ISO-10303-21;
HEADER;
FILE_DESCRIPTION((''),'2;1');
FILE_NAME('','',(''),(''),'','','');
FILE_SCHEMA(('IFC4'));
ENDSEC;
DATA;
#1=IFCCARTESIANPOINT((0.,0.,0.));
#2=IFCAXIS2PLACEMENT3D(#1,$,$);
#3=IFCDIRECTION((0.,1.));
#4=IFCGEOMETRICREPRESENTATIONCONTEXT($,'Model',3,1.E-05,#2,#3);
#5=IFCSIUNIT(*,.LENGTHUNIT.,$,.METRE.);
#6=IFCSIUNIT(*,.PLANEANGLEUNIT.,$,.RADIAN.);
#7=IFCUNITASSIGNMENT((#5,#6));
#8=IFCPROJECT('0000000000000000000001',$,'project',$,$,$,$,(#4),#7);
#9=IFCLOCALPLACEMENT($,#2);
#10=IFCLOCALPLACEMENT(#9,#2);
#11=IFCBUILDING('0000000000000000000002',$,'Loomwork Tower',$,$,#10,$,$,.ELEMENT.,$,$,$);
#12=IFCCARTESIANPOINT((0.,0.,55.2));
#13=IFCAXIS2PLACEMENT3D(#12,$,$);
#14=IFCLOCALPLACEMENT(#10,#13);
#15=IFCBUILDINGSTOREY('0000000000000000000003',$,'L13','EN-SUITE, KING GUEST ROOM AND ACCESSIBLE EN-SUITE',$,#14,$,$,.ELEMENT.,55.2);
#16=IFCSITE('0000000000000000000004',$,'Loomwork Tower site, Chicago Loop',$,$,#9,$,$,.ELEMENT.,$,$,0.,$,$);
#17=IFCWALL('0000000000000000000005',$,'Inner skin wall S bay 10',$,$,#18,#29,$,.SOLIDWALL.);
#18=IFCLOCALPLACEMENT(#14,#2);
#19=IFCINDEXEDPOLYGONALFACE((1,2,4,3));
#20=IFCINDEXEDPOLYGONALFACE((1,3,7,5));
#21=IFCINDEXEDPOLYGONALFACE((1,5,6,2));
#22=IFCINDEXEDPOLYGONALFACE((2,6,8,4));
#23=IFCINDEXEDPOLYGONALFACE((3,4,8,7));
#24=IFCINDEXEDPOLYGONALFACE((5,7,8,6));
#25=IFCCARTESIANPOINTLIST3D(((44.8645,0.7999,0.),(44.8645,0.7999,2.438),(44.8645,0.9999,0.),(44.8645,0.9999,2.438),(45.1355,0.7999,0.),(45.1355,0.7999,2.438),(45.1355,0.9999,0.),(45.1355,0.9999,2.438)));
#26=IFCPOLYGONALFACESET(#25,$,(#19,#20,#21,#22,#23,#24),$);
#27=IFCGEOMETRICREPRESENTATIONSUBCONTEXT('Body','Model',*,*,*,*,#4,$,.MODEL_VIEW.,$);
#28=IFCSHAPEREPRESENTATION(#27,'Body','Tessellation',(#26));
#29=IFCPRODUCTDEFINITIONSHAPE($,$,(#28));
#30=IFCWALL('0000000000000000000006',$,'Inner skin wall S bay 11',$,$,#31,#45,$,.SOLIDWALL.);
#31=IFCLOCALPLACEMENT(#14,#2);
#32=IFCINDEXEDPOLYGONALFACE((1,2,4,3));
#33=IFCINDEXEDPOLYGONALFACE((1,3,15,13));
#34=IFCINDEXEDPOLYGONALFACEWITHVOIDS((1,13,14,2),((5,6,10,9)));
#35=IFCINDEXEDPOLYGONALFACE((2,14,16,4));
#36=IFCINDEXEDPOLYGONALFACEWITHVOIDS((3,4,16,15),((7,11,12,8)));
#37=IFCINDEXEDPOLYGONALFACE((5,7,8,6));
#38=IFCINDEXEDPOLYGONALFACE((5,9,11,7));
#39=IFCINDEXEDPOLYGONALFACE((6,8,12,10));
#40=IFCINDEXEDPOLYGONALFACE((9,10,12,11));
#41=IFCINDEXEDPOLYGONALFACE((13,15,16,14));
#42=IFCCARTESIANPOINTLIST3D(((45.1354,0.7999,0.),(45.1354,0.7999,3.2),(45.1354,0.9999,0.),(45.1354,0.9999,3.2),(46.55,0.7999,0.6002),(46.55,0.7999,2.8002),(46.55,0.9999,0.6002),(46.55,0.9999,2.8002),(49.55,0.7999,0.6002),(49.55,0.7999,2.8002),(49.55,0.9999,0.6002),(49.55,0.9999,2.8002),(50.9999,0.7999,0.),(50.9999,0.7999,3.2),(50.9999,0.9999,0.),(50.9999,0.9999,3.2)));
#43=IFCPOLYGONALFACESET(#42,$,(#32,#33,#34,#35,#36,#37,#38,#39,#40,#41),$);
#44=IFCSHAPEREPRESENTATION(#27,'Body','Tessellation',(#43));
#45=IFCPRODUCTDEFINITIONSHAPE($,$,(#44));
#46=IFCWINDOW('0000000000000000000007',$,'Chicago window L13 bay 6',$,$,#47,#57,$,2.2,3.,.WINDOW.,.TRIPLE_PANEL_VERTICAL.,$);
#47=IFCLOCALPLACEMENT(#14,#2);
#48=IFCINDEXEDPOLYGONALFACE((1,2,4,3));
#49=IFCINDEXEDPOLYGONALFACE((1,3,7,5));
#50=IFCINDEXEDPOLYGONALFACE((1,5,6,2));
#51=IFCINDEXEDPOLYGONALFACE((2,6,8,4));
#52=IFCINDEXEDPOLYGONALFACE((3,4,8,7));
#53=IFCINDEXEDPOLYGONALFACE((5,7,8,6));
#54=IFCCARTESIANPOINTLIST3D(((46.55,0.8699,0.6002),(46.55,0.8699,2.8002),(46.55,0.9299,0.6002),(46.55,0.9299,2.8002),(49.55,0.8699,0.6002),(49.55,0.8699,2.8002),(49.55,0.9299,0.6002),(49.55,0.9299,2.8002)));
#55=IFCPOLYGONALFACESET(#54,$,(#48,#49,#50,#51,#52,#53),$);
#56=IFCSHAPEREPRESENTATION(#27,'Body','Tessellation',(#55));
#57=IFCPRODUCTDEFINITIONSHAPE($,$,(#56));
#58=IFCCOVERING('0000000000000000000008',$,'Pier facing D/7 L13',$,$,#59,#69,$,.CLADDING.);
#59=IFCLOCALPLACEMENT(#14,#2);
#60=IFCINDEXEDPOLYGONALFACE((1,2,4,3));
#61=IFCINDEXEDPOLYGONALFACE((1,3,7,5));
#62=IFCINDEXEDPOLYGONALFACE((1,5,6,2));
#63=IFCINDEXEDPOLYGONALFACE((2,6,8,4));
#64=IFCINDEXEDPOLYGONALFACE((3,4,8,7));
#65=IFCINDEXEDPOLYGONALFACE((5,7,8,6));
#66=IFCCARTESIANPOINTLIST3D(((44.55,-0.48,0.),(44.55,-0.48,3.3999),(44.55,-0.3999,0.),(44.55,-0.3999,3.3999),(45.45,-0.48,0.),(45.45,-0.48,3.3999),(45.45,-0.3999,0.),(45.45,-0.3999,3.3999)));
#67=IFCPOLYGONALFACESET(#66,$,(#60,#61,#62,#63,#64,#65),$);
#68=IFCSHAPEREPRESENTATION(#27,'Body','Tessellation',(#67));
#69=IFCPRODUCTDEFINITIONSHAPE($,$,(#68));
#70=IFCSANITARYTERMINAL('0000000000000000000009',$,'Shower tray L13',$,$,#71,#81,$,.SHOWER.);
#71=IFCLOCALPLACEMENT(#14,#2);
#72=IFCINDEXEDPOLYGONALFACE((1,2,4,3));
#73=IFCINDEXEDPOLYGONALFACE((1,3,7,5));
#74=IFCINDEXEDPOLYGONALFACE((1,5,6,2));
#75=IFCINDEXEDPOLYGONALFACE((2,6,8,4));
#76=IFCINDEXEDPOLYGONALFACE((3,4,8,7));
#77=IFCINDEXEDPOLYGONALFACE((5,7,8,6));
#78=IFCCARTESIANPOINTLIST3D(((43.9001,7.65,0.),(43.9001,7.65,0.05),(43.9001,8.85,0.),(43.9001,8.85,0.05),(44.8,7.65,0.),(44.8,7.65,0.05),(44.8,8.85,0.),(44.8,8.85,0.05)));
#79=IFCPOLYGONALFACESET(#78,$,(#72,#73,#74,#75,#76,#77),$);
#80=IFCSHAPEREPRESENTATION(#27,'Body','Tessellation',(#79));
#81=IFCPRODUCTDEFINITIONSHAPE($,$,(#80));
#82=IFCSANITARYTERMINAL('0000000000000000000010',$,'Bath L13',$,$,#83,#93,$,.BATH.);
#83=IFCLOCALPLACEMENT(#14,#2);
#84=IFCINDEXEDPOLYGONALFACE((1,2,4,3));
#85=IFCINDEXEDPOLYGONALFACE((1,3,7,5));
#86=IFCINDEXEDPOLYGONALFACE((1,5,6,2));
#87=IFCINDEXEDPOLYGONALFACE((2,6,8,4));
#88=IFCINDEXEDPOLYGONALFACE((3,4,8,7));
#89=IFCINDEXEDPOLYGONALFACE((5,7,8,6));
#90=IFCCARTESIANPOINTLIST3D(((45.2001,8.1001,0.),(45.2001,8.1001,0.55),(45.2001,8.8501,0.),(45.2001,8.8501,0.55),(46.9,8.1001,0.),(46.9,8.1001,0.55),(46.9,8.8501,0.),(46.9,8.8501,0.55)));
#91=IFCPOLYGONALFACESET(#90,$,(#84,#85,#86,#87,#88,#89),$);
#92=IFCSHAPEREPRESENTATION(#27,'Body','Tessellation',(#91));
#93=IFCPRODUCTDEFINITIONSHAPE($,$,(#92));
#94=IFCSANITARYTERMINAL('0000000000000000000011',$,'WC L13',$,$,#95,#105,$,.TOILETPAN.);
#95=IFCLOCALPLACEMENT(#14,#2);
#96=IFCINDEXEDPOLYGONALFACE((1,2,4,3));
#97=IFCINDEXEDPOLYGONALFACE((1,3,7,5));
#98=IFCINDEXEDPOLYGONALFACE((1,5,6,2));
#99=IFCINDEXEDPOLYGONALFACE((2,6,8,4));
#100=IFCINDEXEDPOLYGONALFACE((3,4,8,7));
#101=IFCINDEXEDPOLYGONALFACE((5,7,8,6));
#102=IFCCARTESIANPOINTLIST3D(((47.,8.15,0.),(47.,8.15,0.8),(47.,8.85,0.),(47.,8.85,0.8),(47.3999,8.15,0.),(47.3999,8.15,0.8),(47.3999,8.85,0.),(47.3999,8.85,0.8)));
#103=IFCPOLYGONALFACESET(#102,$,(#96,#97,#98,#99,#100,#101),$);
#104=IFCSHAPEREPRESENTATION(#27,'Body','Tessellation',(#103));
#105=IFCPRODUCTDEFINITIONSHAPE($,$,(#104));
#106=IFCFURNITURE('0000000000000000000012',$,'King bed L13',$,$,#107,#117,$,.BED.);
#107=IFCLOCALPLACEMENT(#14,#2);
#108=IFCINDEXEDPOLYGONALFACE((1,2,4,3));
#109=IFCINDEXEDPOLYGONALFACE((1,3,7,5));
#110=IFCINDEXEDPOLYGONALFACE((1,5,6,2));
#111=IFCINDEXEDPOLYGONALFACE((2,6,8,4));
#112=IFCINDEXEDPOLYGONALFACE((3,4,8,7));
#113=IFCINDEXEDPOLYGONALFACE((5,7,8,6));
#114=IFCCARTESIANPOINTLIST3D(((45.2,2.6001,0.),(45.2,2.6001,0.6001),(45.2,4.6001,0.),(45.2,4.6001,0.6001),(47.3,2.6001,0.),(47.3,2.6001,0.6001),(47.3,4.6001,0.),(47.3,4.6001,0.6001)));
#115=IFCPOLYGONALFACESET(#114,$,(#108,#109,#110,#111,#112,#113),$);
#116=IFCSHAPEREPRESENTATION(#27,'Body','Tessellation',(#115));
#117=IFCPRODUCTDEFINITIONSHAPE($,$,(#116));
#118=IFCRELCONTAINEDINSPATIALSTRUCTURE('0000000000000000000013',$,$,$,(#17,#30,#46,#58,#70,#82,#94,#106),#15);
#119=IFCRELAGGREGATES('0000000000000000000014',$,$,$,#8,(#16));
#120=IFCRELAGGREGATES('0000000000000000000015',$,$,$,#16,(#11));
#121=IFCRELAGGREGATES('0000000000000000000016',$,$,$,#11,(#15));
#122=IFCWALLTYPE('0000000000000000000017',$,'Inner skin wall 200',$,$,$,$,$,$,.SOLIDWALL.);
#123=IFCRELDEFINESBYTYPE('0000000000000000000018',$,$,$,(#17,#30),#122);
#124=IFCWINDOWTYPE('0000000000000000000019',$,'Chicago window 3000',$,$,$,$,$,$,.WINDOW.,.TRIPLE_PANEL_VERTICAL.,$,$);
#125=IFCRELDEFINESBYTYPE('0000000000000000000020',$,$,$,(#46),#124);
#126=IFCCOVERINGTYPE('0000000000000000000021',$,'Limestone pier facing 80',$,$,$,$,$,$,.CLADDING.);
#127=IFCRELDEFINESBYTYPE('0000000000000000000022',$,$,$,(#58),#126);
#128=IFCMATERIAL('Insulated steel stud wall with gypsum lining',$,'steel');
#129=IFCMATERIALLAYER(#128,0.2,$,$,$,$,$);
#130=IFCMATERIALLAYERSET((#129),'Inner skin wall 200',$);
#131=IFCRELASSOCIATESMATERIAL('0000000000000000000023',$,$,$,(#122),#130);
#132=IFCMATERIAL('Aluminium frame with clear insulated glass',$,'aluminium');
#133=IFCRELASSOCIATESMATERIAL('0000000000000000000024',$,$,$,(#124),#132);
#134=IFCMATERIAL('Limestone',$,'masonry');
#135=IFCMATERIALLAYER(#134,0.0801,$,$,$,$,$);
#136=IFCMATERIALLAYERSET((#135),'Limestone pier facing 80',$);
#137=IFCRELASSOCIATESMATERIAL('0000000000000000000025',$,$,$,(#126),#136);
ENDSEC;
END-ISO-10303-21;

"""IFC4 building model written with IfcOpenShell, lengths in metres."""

from ifc_helpers import new_model, si_unit, direction, frame, frame_2d, origin, origin_2d, place, context, subcontext, project, spatial, rectangle, extrude, material, layer, layer_set, type_object, element, fill, save


model = new_model("IFC4")

# Units and contexts
model_context = context("Model", 3, precision=1e-05, world=origin(), true_north=direction((0.0, 1.0)))
body_context = subcontext(model_context, "Body", "Model", "MODEL_VIEW")
ifc_project = project(units=[si_unit("LENGTHUNIT", "METRE"), si_unit("PLANEANGLEUNIT", "RADIAN")], contexts=[model_context])

# Site, building, storey
site_placement = place(None, origin())
site = spatial("IfcSite", under=ifc_project, at=site_placement, Name="Loomwork Tower site, Chicago Loop", CompositionType="ELEMENT", RefElevation=0.0)
building_placement = place(site_placement, origin())
building = spatial("IfcBuilding", under=site, at=building_placement, Name="Loomwork Tower", CompositionType="ELEMENT")
storey_placement = place(building_placement, frame((0.0, 0.0, 55.2)))
storey = spatial("IfcBuildingStorey", under=building, at=storey_placement, Name="L13", Description="EN-SUITE, KING GUEST ROOM AND ACCESSIBLE EN-SUITE", CompositionType="ELEMENT", Elevation=55.2)

# Wall
ifc_material_1 = material(Name="Insulated steel stud wall with gypsum lining", Category="steel")
ifc_layer_1 = layer(ifc_material_1, 0.2)
ifc_layer_set_1 = layer_set([ifc_layer_1], Name="Inner skin wall 200")
wall_type_1 = type_object("IfcWallType", Name="Inner skin wall 200", PredefinedType="SOLIDWALL", material=ifc_layer_set_1)
wall_1_placement = place(storey_placement, frame((44.8645, 0.8999, 0.0), z_axis=(0.0, 0.0, 1.0), x_axis=(1.0, 0.0, 0.0)))
element("IfcWall", 1, at=wall_1_placement, inside=storey, type_object=wall_type_1, Name="Inner skin wall S bay 10", PredefinedType="SOLIDWALL", context=body_context, shape_type="SweptSolid", body=[
    extrude(rectangle(XDim=0.271, YDim=0.2, at=frame_2d((0.1355, 0.0))), origin(), (0.0, 0.0, 1.0), 2.438),
])

# Wall, opening, window
wall_2_placement = place(storey_placement, frame((45.1355, 0.8999, 0.0), z_axis=(0.0, 0.0, 1.0), x_axis=(1.0, 0.0, 0.0)))
wall_2 = element("IfcWall", 2, at=wall_2_placement, inside=storey, type_object=wall_type_1, Name="Inner skin wall S bay 11", PredefinedType="SOLIDWALL", context=body_context, shape_type="SweptSolid", body=[
    extrude(rectangle(XDim=5.8645, YDim=0.2, at=frame_2d((2.9321, 0.0))), origin(), (0.0, 0.0, 1.0), 3.2),
])
opening_placement = place(wall_2_placement, frame((1.4146, 0.0, 0.6001)))
opening = element("IfcOpeningElement", 3, at=opening_placement, cuts=wall_2, PredefinedType="OPENING", context=body_context, shape_type="SweptSolid", body=[
    extrude(rectangle(XDim=3.0, YDim=2.2, at=frame_2d((1.5, 1.1001))), frame((0.0, 0.1099, 0.0), z_axis=(0.0, -1.0, 0.0), x_axis=(1.0, 0.0, 0.0)), (0.0, 0.0, 1.0), 0.22),
])
ifc_material_2 = material(Name="Aluminium frame with clear insulated glass", Category="aluminium")
window_type = type_object("IfcWindowType", Name="Chicago window 3000", PartitioningType="TRIPLE_PANEL_VERTICAL", PredefinedType="WINDOW", material=ifc_material_2)
window_placement = place(opening_placement, origin())
window = element("IfcWindow", 4, at=window_placement, inside=storey, type_object=window_type, Name="Chicago window L13 bay 6", OverallHeight=2.2, OverallWidth=3.0, PartitioningType="TRIPLE_PANEL_VERTICAL", PredefinedType="WINDOW", context=body_context, shape_type="SweptSolid", body=[
    extrude(rectangle(XDim=3.0, YDim=2.2, at=frame_2d((1.5, 1.1001))), frame((0.0, 0.03, 0.0), z_axis=(0.0, -1.0, 0.0), x_axis=(1.0, 0.0, 0.0)), (0.0, 0.0, 1.0), 0.0601),
])
fill(opening, window)

# Covering
ifc_material_3 = material(Name="Limestone", Category="masonry")
ifc_layer_2 = layer(ifc_material_3, 0.0801)
ifc_layer_set_2 = layer_set([ifc_layer_2], Name="Limestone pier facing 80")
covering_type = type_object("IfcCoveringType", Name="Limestone pier facing 80", PredefinedType="CLADDING", material=ifc_layer_set_2)
covering_placement = place(storey_placement, frame((45.0, -0.4399, 0.0), z_axis=(0.0, 0.0, 1.0), x_axis=(1.0, 0.0, 0.0)))
element("IfcCovering", 5, at=covering_placement, inside=storey, type_object=covering_type, Name="Pier facing D/7 L13", PredefinedType="CLADDING", context=body_context, shape_type="SweptSolid", body=[
    extrude(rectangle(XDim=0.8999, YDim=0.0801, at=origin_2d()), origin(), (0.0, 0.0, 1.0), 3.3999),
])

# Sanitary terminals
sanitary_terminal_1_placement = place(storey_placement, frame((44.3501, 8.25, 0.0), z_axis=(0.0, 0.0, 1.0), x_axis=(1.0, 0.0, 0.0)))
element("IfcSanitaryTerminal", 6, at=sanitary_terminal_1_placement, inside=storey, Name="Shower tray L13", PredefinedType="SHOWER", context=body_context, shape_type="SweptSolid", body=[
    extrude(rectangle(XDim=0.8999, YDim=1.2, at=origin_2d()), origin(), (0.0, 0.0, 1.0), 0.05),
])
sanitary_terminal_2_placement = place(storey_placement, frame((46.05, 8.4751, 0.0), z_axis=(0.0, 0.0, 1.0), x_axis=(1.0, 0.0, 0.0)))
element("IfcSanitaryTerminal", 7, at=sanitary_terminal_2_placement, inside=storey, Name="Bath L13", PredefinedType="BATH", context=body_context, shape_type="SweptSolid", body=[
    extrude(rectangle(XDim=1.7, YDim=0.75, at=origin_2d()), origin(), (0.0, 0.0, 1.0), 0.55),
])
sanitary_terminal_3_placement = place(storey_placement, frame((47.2, 8.5, 0.0), z_axis=(0.0, 0.0, 1.0), x_axis=(1.0, 0.0, 0.0)))
element("IfcSanitaryTerminal", 8, at=sanitary_terminal_3_placement, inside=storey, Name="WC L13", PredefinedType="TOILETPAN", context=body_context, shape_type="SweptSolid", body=[
    extrude(rectangle(XDim=0.3999, YDim=0.7, at=origin_2d()), origin(), (0.0, 0.0, 1.0), 0.8),
])

# Furniture
furniture_placement = place(storey_placement, frame((46.25, 3.6001, 0.0), z_axis=(0.0, 0.0, 1.0), x_axis=(1.0, 0.0, 0.0)))
element("IfcFurniture", 9, at=furniture_placement, inside=storey, Name="King bed L13", PredefinedType="BED", context=body_context, shape_type="SweptSolid", body=[
    extrude(rectangle(XDim=2.1001, YDim=2.0, at=origin_2d()), origin(), (0.0, 0.0, 1.0), 0.6001),
])

save(model, "model.ifc")
